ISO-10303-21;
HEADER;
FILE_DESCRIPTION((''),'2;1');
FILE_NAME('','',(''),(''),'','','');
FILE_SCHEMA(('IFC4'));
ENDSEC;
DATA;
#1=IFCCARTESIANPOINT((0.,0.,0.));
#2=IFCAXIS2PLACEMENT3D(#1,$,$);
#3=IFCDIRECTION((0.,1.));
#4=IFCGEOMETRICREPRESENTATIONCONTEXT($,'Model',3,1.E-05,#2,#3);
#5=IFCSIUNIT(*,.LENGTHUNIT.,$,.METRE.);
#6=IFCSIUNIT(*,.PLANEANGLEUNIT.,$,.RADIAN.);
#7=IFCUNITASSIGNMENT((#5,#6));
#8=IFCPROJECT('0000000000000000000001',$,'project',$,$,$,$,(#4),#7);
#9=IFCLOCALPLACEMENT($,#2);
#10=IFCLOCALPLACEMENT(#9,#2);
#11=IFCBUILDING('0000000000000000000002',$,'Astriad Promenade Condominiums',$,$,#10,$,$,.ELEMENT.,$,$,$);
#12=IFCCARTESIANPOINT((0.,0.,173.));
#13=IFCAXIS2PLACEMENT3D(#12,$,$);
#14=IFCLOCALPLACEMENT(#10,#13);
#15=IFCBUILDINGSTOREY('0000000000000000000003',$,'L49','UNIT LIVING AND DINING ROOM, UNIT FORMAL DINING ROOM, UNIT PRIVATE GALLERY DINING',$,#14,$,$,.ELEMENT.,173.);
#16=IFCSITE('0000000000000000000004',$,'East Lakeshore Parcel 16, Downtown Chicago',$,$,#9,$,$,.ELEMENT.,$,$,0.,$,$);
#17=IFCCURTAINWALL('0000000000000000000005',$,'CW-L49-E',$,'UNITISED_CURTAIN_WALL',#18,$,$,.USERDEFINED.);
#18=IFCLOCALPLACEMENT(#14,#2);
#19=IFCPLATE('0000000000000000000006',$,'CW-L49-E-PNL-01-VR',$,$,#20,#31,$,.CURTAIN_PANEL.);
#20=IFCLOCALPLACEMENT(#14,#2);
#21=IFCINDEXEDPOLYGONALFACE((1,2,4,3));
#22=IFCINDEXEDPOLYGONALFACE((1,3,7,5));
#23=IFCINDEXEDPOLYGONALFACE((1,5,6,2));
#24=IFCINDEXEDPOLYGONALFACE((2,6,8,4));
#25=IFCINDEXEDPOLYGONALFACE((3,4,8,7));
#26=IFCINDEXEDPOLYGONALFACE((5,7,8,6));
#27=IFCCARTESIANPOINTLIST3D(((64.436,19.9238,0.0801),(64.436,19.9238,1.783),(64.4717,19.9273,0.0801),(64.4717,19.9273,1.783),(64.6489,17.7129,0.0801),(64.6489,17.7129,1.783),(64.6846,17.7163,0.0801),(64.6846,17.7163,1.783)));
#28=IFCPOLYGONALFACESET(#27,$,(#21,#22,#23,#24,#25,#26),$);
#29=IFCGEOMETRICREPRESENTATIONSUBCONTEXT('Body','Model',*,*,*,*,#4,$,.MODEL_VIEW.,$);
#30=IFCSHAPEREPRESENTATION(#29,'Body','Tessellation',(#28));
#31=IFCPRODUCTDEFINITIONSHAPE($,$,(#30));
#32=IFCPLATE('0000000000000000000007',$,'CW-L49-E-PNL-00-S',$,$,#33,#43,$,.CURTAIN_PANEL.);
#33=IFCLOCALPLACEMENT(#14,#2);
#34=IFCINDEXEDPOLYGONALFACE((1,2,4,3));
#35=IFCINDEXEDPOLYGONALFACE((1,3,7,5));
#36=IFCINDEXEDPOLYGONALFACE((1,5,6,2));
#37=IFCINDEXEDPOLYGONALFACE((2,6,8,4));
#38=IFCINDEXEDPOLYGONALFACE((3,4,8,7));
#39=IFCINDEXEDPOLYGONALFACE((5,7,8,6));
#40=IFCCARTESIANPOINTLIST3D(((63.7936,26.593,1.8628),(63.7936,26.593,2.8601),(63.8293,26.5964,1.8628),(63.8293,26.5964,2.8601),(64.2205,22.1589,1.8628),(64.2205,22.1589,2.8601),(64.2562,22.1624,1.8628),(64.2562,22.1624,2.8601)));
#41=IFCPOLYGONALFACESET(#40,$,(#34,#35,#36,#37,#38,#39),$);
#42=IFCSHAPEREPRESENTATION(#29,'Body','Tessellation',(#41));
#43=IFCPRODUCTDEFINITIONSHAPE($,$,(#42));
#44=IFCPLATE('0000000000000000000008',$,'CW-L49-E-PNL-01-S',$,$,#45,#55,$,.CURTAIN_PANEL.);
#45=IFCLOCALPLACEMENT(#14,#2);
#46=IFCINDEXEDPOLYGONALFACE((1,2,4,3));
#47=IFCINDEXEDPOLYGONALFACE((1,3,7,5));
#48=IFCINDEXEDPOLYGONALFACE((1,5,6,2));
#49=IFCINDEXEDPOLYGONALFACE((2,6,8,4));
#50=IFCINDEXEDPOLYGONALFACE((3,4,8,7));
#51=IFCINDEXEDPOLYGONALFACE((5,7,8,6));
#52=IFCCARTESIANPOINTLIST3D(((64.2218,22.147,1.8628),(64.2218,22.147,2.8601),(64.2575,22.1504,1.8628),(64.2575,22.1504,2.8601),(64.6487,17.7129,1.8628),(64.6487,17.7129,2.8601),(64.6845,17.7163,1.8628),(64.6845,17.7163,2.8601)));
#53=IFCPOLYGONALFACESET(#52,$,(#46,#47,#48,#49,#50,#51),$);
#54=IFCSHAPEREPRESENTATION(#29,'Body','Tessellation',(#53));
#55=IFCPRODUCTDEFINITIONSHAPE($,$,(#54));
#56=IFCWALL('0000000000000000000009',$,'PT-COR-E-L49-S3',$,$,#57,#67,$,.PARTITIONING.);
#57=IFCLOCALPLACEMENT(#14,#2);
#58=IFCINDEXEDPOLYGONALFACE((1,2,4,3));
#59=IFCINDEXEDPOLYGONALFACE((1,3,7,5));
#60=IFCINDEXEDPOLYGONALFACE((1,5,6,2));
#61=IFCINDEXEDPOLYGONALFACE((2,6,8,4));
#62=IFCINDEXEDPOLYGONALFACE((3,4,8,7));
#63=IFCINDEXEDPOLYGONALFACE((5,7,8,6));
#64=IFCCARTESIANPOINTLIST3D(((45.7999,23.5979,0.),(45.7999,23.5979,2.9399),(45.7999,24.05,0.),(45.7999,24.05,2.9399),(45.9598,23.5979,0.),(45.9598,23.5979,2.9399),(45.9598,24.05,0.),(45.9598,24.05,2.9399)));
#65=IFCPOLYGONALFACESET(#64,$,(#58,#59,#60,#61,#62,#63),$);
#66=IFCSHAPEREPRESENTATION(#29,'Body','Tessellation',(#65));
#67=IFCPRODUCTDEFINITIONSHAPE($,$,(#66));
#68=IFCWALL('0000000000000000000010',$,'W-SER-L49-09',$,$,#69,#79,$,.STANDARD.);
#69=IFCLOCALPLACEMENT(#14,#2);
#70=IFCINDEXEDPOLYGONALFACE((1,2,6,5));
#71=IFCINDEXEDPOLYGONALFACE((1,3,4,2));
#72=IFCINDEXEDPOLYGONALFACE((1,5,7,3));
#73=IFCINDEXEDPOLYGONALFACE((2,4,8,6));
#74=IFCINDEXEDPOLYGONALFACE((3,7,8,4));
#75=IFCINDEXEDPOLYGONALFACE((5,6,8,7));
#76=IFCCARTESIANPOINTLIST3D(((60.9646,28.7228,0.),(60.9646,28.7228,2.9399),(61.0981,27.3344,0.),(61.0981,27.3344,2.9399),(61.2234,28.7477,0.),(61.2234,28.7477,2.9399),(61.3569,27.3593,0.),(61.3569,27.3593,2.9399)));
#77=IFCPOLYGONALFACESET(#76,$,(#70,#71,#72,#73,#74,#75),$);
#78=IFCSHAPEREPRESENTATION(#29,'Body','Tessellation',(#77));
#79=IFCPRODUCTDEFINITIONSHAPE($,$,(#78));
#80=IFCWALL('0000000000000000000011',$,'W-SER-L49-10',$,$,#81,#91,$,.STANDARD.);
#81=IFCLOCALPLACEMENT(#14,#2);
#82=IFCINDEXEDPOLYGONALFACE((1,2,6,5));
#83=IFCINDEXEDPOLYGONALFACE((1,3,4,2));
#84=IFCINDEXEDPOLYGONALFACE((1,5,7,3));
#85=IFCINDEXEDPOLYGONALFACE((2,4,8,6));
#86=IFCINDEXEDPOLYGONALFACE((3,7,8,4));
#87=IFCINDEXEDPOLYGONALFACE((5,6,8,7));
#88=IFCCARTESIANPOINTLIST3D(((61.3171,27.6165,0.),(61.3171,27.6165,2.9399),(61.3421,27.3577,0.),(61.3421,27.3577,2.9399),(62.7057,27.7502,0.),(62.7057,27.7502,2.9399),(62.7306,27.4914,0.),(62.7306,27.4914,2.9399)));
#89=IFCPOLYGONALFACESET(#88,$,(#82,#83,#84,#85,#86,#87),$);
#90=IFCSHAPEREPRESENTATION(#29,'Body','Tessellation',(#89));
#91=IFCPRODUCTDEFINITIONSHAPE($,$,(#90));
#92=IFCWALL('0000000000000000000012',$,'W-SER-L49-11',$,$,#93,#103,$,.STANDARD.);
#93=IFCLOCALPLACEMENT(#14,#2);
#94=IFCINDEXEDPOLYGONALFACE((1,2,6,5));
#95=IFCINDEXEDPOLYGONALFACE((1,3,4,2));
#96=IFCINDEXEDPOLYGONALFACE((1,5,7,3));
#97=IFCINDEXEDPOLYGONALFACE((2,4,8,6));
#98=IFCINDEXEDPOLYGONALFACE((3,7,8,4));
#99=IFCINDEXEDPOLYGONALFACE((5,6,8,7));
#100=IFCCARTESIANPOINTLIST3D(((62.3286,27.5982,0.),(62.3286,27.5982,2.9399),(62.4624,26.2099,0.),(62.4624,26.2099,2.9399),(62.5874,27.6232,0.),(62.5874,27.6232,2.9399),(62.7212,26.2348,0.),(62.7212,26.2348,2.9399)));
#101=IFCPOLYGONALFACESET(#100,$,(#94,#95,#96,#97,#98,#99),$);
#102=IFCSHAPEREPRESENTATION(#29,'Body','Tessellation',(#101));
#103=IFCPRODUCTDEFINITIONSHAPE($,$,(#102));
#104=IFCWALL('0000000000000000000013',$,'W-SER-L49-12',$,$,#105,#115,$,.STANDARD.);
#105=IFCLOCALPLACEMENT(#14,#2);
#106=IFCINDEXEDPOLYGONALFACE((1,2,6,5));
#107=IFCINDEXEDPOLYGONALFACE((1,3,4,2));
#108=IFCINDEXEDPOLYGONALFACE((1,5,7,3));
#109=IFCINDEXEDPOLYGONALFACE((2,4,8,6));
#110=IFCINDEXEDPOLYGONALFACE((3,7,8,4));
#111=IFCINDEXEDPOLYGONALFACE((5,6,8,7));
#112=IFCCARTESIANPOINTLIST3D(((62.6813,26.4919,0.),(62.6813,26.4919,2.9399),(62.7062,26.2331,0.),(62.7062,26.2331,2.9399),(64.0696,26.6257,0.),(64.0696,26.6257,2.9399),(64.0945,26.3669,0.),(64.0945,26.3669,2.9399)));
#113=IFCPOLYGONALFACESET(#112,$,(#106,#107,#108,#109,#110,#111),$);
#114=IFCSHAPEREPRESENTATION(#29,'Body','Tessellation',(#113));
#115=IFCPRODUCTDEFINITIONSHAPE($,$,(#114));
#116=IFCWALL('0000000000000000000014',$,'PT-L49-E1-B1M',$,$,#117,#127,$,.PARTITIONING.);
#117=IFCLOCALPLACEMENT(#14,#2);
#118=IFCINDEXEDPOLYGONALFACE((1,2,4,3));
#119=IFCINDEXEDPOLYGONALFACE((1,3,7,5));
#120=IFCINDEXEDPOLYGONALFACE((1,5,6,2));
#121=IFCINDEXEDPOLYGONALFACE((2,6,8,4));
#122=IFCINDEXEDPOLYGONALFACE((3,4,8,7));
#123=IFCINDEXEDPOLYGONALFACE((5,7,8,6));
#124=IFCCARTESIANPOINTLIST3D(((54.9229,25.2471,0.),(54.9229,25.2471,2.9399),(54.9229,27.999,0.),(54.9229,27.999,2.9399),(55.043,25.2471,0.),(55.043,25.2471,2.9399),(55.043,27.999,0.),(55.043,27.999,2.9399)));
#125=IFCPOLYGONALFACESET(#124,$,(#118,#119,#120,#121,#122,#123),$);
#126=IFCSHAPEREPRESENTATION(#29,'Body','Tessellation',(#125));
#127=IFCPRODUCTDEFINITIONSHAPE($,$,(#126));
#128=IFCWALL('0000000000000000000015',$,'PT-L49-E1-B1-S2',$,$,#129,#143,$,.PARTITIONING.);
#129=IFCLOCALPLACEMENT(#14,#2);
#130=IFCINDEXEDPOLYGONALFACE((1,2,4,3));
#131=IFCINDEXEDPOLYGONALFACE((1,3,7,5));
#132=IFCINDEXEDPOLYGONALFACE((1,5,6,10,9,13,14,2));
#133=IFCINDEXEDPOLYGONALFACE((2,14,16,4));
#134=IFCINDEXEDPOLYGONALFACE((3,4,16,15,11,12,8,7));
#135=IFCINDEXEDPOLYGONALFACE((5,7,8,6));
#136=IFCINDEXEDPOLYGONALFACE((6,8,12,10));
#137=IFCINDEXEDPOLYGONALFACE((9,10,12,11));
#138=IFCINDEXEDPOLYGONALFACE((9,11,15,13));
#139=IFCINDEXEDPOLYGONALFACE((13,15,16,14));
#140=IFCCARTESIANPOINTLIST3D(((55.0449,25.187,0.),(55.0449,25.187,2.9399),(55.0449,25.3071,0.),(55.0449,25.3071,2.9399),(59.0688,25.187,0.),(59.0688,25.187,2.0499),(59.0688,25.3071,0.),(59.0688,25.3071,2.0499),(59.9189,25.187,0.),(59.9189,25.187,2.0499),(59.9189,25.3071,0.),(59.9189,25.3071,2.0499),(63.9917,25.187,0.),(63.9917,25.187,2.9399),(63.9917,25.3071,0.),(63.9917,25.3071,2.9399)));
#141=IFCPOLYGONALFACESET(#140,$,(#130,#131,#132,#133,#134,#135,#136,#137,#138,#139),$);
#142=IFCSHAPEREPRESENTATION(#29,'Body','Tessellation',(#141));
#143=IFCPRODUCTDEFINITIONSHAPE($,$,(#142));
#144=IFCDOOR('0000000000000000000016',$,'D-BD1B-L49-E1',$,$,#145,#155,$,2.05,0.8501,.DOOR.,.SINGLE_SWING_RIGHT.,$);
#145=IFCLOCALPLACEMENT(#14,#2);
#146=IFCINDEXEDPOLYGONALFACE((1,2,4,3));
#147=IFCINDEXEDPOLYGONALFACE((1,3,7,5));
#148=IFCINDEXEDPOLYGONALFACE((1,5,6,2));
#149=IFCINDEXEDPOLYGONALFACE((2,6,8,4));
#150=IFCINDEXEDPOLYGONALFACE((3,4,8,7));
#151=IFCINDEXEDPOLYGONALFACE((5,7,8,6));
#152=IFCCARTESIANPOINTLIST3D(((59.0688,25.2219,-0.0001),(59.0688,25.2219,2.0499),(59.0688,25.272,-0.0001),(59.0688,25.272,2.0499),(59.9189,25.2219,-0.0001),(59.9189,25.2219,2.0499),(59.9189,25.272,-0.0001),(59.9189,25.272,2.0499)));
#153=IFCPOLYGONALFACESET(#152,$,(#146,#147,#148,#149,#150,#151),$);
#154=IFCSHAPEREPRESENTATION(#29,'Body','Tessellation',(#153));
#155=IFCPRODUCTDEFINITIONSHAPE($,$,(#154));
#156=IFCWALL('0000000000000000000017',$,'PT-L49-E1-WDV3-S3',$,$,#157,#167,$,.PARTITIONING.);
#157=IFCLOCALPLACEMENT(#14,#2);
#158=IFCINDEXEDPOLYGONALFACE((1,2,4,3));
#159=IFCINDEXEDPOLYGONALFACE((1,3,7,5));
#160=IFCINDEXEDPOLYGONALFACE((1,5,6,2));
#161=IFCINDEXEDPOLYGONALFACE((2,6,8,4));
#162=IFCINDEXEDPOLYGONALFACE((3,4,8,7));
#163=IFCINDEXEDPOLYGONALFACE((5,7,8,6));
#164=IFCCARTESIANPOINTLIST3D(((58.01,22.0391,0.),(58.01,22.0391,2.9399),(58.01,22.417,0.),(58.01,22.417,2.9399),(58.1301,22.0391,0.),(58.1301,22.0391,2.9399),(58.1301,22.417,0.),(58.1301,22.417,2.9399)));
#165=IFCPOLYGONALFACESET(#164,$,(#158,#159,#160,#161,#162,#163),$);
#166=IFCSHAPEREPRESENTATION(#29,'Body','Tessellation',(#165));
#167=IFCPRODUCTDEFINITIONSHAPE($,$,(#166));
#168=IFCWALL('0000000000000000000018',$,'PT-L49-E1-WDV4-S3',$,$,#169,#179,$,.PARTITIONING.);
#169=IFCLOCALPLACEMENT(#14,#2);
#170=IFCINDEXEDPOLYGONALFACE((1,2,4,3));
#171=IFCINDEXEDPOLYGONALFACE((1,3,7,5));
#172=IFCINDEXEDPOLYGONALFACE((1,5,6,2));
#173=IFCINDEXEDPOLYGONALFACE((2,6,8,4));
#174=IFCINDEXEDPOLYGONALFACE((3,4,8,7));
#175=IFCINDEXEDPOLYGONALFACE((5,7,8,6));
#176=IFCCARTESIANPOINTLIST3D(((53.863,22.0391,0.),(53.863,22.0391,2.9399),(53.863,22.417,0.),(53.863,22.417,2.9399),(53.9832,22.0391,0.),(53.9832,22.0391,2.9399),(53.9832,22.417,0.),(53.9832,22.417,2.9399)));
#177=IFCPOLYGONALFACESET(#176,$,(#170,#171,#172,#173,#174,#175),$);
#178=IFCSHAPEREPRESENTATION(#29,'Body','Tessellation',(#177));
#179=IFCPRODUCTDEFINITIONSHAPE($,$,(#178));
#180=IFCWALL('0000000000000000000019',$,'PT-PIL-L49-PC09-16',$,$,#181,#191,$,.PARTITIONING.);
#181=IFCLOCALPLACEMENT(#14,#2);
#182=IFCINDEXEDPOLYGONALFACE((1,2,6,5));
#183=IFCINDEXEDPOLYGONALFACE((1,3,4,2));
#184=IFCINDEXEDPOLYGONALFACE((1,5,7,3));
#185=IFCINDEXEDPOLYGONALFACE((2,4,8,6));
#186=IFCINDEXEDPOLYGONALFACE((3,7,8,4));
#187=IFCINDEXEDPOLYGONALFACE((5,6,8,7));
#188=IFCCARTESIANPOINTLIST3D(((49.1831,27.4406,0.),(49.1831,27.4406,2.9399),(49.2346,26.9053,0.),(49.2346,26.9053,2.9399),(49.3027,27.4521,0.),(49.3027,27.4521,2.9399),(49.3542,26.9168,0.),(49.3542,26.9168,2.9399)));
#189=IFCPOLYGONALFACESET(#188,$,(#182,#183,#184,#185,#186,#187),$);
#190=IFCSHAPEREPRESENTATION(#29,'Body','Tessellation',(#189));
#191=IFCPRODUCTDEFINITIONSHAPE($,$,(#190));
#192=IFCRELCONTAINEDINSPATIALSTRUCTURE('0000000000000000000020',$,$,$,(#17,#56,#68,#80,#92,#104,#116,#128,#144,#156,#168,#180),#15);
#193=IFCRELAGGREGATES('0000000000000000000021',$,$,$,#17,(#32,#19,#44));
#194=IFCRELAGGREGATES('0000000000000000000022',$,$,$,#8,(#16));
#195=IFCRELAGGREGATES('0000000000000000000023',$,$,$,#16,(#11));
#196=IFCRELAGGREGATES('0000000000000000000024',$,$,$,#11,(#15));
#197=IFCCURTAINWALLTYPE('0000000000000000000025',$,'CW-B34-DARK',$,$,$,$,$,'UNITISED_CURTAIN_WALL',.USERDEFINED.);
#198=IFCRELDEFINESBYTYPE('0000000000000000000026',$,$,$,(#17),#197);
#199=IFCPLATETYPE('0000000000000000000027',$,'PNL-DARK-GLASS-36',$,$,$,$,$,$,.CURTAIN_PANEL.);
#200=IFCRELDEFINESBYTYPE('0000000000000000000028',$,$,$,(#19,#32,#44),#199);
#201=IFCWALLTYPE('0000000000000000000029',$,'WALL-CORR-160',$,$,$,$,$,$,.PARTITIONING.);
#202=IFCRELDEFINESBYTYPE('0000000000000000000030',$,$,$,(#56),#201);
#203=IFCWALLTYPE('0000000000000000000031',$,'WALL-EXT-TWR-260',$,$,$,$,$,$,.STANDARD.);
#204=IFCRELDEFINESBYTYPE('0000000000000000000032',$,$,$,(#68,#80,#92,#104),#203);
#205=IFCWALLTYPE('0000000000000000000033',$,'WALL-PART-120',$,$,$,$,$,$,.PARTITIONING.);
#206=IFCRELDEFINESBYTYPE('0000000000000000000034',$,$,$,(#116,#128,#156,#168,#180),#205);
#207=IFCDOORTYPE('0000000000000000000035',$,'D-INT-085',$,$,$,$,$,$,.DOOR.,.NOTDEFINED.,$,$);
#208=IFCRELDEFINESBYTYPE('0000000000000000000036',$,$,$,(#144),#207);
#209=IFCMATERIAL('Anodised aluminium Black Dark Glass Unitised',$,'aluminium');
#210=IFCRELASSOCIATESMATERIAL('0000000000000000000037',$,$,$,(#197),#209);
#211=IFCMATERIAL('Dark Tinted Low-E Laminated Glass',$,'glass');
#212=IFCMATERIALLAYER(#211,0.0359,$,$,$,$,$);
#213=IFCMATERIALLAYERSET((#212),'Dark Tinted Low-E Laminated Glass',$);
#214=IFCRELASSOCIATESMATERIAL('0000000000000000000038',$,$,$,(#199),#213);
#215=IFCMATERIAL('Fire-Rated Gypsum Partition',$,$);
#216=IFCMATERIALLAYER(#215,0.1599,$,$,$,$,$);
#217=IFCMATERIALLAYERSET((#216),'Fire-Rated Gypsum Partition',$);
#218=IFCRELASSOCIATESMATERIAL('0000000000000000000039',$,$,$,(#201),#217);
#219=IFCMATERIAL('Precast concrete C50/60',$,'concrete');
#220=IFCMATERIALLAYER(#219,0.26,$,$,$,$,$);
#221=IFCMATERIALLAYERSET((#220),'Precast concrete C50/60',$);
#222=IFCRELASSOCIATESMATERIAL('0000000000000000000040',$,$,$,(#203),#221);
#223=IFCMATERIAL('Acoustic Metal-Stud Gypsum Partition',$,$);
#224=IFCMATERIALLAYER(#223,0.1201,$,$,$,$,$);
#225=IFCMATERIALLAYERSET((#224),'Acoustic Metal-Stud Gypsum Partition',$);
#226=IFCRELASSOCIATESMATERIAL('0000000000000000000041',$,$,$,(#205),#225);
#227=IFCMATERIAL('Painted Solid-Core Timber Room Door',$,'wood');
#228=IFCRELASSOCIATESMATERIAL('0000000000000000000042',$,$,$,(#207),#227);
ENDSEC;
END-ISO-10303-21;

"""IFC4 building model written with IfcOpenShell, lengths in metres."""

from ifc_helpers import new_model, si_unit, direction, frame, frame_2d, origin, origin_2d, place, context, subcontext, project, spatial, rectangle, extrude, source, transform, mapped, material, layer, layer_set, type_object, type_shapes, element, fill, aggregate, save


model = new_model("IFC4")

# Units and contexts
model_context = context("Model", 3, precision=1e-05, world=origin(), true_north=direction((0.0, 1.0)))
body_context = subcontext(model_context, "Body", "Model", "MODEL_VIEW")
ifc_project = project(units=[si_unit("LENGTHUNIT", "METRE"), si_unit("PLANEANGLEUNIT", "RADIAN")], contexts=[model_context])

# Site, building, storey
site_placement = place(None, origin())
site = spatial("IfcSite", under=ifc_project, at=site_placement, Name="East Lakeshore Parcel 16, Downtown Chicago", CompositionType="ELEMENT", RefElevation=0.0)
building_placement = place(site_placement, origin())
building = spatial("IfcBuilding", under=site, at=building_placement, Name="Astriad Promenade Condominiums", CompositionType="ELEMENT")
storey_placement = place(building_placement, frame((0.0, 0.0, 173.0)))
storey = spatial("IfcBuildingStorey", under=building, at=storey_placement, Name="L49", Description="UNIT LIVING AND DINING ROOM, UNIT FORMAL DINING ROOM, UNIT PRIVATE GALLERY DINING", CompositionType="ELEMENT", Elevation=173.0)

# Curtain wall, plates
ifc_material_1 = material(Name="Anodised aluminium Black Dark Glass Unitised", Category="aluminium")
curtain_wall_type = type_object("IfcCurtainWallType", Name="CW-B34-DARK", ElementType="UNITISED_CURTAIN_WALL", PredefinedType="USERDEFINED", material=ifc_material_1)
curtain_wall_placement = place(storey_placement, origin())
curtain_wall = element("IfcCurtainWall", 1, at=curtain_wall_placement, inside=storey, type_object=curtain_wall_type, Name="CW-L49-E", ObjectType="UNITISED_CURTAIN_WALL", PredefinedType="USERDEFINED")
ifc_material_2 = material(Name="Dark Tinted Low-E Laminated Glass", Category="glass")
ifc_layer_1 = layer(ifc_material_2, 0.0359)
ifc_layer_set_1 = layer_set([ifc_layer_1], Name="Dark Tinted Low-E Laminated Glass")
plate_type = type_object("IfcPlateType", Name="PNL-DARK-GLASS-36", PredefinedType="CURTAIN_PANEL", material=ifc_layer_set_1)
shared_shape_1 = source(origin(), body_context, "Body", "SweptSolid", [
    extrude(rectangle(XDim=2.2212, YDim=0.0359, at=origin_2d()), origin(), (0.0, 0.0, 1.0), 1.7029),
])
plate_1_placement = place(storey_placement, frame((64.5603, 18.8201, 0.0801), z_axis=(0.0, 0.0, 1.0), x_axis=(0.095846, -0.995396, 0.0)))
plate_1 = element("IfcPlate", 2, at=plate_1_placement, type_object=plate_type, Name="CW-L49-E-PNL-01-VR", PredefinedType="CURTAIN_PANEL", context=body_context, shape_type="MappedRepresentation", body=[
    mapped(shared_shape_1, transform((0.0, 0.0, 0.0), scale=1.0)),
])
shared_shape_2 = source(origin(), body_context, "Body", "SweptSolid", [
    extrude(rectangle(XDim=4.4546, YDim=0.0359, at=origin_2d()), origin(), (0.0, 0.0, 1.0), 0.9973),
])
type_shapes(plate_type, [shared_shape_1, shared_shape_2])
plate_2_placement = place(storey_placement, frame((64.0249, 24.3777, 1.8628), z_axis=(0.0, 0.0, 1.0), x_axis=(0.095846, -0.995396, 0.0)))
plate_2 = element("IfcPlate", 3, at=plate_2_placement, type_object=plate_type, Name="CW-L49-E-PNL-00-S", PredefinedType="CURTAIN_PANEL", context=body_context, shape_type="MappedRepresentation", body=[
    mapped(shared_shape_2, transform((0.0, 0.0, 0.0), scale=1.0)),
])
plate_3_placement = place(storey_placement, frame((64.4531, 19.9316, 1.8628), z_axis=(0.0, 0.0, 1.0), x_axis=(0.095846, -0.995396, 0.0)))
plate_3 = element("IfcPlate", 4, at=plate_3_placement, type_object=plate_type, Name="CW-L49-E-PNL-01-S", PredefinedType="CURTAIN_PANEL", context=body_context, shape_type="MappedRepresentation", body=[
    mapped(shared_shape_2, transform((0.0, 0.0, 0.0), scale=1.0)),
])
aggregate(curtain_wall, [plate_2, plate_1, plate_3])

# Walls
ifc_material_3 = material(Name="Fire-Rated Gypsum Partition")
ifc_layer_2 = layer(ifc_material_3, 0.1599)
ifc_layer_set_2 = layer_set([ifc_layer_2], Name="Fire-Rated Gypsum Partition")
wall_type_1 = type_object("IfcWallType", Name="WALL-CORR-160", PredefinedType="PARTITIONING", material=ifc_layer_set_2)
wall_1_placement = place(storey_placement, frame((45.8799, 23.5979, 0.0), z_axis=(0.0, 0.0, 1.0), x_axis=(0.0, 1.0, 0.0)))
element("IfcWall", 5, at=wall_1_placement, inside=storey, type_object=wall_type_1, Name="PT-COR-E-L49-S3", PredefinedType="PARTITIONING", context=body_context, shape_type="SweptSolid", body=[
    extrude(rectangle(XDim=0.4521, YDim=0.1599, at=frame_2d((0.2261, 0.0))), origin(), (0.0, 0.0, 1.0), 2.9399),
])
ifc_material_4 = material(Name="Precast concrete C50/60", Category="concrete")
ifc_layer_3 = layer(ifc_material_4, 0.26)
ifc_layer_set_3 = layer_set([ifc_layer_3], Name="Precast concrete C50/60")
wall_type_2 = type_object("IfcWallType", Name="WALL-EXT-TWR-260", PredefinedType="STANDARD", material=ifc_layer_set_3)
wall_2_placement = place(storey_placement, frame((61.094, 28.7351, 0.0), z_axis=(0.0, 0.0, 1.0), x_axis=(0.095742, -0.995406, 0.0)))
element("IfcWall", 6, at=wall_2_placement, inside=storey, type_object=wall_type_2, Name="W-SER-L49-09", PredefinedType="STANDARD", context=body_context, shape_type="SweptSolid", body=[
    extrude(rectangle(XDim=1.3948, YDim=0.26, at=frame_2d((0.6973, 0.0))), origin(), (0.0, 0.0, 1.0), 2.9399),
])
wall_3_placement = place(storey_placement, frame((61.3296, 27.4871, 0.0), z_axis=(0.0, 0.0, 1.0), x_axis=(0.995391, 0.095899, 0.0)))
element("IfcWall", 7, at=wall_3_placement, inside=storey, type_object=wall_type_2, Name="W-SER-L49-10", PredefinedType="STANDARD", context=body_context, shape_type="SweptSolid", body=[
    extrude(rectangle(XDim=1.395, YDim=0.26, at=frame_2d((0.6975, 0.0))), origin(), (0.0, 0.0, 1.0), 2.9399),
])
for number, where, z_axis, x_axis, name in (
    (8, (62.458, 27.6106, 0.0), (0.0, 0.0, 1.0), (0.095916, -0.995389, 0.0), "W-SER-L49-11"),
    (9, (62.6938, 26.3625, 0.0), (0.0, 0.0, 1.0), (0.995389, 0.095916, 0.0), "W-SER-L49-12"),
):
    element("IfcWall", number, at=place(storey_placement, frame(where, z_axis=z_axis, x_axis=x_axis)), inside=storey, type_object=wall_type_2, Name=name, PredefinedType="STANDARD", context=body_context, shape_type="SweptSolid", body=[
        extrude(rectangle(XDim=1.3948, YDim=0.26, at=frame_2d((0.6973, 0.0))), origin(), (0.0, 0.0, 1.0), 2.9399),
    ])
ifc_material_5 = material(Name="Acoustic Metal-Stud Gypsum Partition")
ifc_layer_4 = layer(ifc_material_5, 0.1201)
ifc_layer_set_4 = layer_set([ifc_layer_4], Name="Acoustic Metal-Stud Gypsum Partition")
wall_type_3 = type_object("IfcWallType", Name="WALL-PART-120", PredefinedType="PARTITIONING", material=ifc_layer_set_4)
wall_4_placement = place(storey_placement, frame((54.9829, 25.2471, 0.0), z_axis=(0.0, 0.0, 1.0), x_axis=(0.0, 1.0, 0.0)))
element("IfcWall", 10, at=wall_4_placement, inside=storey, type_object=wall_type_3, Name="PT-L49-E1-B1M", PredefinedType="PARTITIONING", context=body_context, shape_type="SweptSolid", body=[
    extrude(rectangle(XDim=2.752, YDim=0.1201, at=frame_2d((1.376, 0.0))), origin(), (0.0, 0.0, 1.0), 2.9399),
])

# Wall, opening, door
wall_5_placement = place(storey_placement, frame((55.0449, 25.2471, 0.0), z_axis=(0.0, 0.0, 1.0), x_axis=(1.0, 0.0, 0.0)))
wall_5 = element("IfcWall", 11, at=wall_5_placement, inside=storey, type_object=wall_type_3, Name="PT-L49-E1-B1-S2", PredefinedType="PARTITIONING", context=body_context, shape_type="SweptSolid", body=[
    extrude(rectangle(XDim=8.9468, YDim=0.1201, at=frame_2d((4.4734, 0.0))), origin(), (0.0, 0.0, 1.0), 2.9399),
])
opening_placement = place(wall_5_placement, frame((4.0239, 0.0, 0.0)))
opening = element("IfcOpeningElement", 12, at=opening_placement, cuts=wall_5, PredefinedType="OPENING", context=body_context, shape_type="SweptSolid", body=[
    extrude(rectangle(XDim=0.8501, YDim=2.05, at=frame_2d((0.425, 1.0249))), frame((0.0, 0.0701, 0.0), z_axis=(0.0, -1.0, 0.0), x_axis=(1.0, 0.0, 0.0)), (0.0, 0.0, 1.0), 0.1401),
])
ifc_material_6 = material(Name="Painted Solid-Core Timber Room Door", Category="wood")
door_type = type_object("IfcDoorType", Name="D-INT-085", OperationType="NOTDEFINED", PredefinedType="DOOR", material=ifc_material_6)
shared_shape_3 = source(origin(), body_context, "Body", "SweptSolid", [
    extrude(rectangle(XDim=0.8501, YDim=2.05, at=frame_2d((0.425, 1.0249))), frame((0.0, 0.0249, 0.0), z_axis=(0.0, -1.0, 0.0), x_axis=(1.0, 0.0, 0.0)), (0.0, 0.0, 1.0), 0.05),
])
type_shapes(door_type, [shared_shape_3])
door_placement = place(opening_placement, origin())
door = element("IfcDoor", 13, at=door_placement, inside=storey, type_object=door_type, Name="D-BD1B-L49-E1", OperationType="SINGLE_SWING_RIGHT", OverallHeight=2.05, OverallWidth=0.8501, PredefinedType="DOOR", context=body_context, shape_type="MappedRepresentation", body=[
    mapped(shared_shape_3, transform((0.0, 0.0, 0.0), scale=1.0)),
])
fill(opening, door)

# Walls
for number, where, z_axis, x_axis, name in (
    (14, (58.0701, 22.0391, 0.0), (0.0, 0.0, 1.0), (0.0, 1.0, 0.0), "PT-L49-E1-WDV3-S3"),
    (15, (53.9231, 22.0391, 0.0), (0.0, 0.0, 1.0), (0.0, 1.0, 0.0), "PT-L49-E1-WDV4-S3"),
):
    element("IfcWall", number, at=place(storey_placement, frame(where, z_axis=z_axis, x_axis=x_axis)), inside=storey, type_object=wall_type_3, Name=name, PredefinedType="PARTITIONING", context=body_context, shape_type="SweptSolid", body=[
        extrude(rectangle(XDim=0.3779, YDim=0.1201, at=frame_2d((0.189, 0.0))), origin(), (0.0, 0.0, 1.0), 2.9399),
    ])
wall_6_placement = place(storey_placement, frame((49.2944, 26.9109, 0.0), z_axis=(0.0, 0.0, 1.0), x_axis=(-0.095773, 0.995403, 0.0)))
element("IfcWall", 16, at=wall_6_placement, inside=storey, type_object=wall_type_3, Name="PT-PIL-L49-PC09-16", PredefinedType="PARTITIONING", context=body_context, shape_type="SweptSolid", body=[
    extrude(rectangle(XDim=0.5378, YDim=0.1201, at=frame_2d((0.269, 0.0))), origin(), (0.0, 0.0, 1.0), 2.9399),
])

save(model, "model.ifc")
